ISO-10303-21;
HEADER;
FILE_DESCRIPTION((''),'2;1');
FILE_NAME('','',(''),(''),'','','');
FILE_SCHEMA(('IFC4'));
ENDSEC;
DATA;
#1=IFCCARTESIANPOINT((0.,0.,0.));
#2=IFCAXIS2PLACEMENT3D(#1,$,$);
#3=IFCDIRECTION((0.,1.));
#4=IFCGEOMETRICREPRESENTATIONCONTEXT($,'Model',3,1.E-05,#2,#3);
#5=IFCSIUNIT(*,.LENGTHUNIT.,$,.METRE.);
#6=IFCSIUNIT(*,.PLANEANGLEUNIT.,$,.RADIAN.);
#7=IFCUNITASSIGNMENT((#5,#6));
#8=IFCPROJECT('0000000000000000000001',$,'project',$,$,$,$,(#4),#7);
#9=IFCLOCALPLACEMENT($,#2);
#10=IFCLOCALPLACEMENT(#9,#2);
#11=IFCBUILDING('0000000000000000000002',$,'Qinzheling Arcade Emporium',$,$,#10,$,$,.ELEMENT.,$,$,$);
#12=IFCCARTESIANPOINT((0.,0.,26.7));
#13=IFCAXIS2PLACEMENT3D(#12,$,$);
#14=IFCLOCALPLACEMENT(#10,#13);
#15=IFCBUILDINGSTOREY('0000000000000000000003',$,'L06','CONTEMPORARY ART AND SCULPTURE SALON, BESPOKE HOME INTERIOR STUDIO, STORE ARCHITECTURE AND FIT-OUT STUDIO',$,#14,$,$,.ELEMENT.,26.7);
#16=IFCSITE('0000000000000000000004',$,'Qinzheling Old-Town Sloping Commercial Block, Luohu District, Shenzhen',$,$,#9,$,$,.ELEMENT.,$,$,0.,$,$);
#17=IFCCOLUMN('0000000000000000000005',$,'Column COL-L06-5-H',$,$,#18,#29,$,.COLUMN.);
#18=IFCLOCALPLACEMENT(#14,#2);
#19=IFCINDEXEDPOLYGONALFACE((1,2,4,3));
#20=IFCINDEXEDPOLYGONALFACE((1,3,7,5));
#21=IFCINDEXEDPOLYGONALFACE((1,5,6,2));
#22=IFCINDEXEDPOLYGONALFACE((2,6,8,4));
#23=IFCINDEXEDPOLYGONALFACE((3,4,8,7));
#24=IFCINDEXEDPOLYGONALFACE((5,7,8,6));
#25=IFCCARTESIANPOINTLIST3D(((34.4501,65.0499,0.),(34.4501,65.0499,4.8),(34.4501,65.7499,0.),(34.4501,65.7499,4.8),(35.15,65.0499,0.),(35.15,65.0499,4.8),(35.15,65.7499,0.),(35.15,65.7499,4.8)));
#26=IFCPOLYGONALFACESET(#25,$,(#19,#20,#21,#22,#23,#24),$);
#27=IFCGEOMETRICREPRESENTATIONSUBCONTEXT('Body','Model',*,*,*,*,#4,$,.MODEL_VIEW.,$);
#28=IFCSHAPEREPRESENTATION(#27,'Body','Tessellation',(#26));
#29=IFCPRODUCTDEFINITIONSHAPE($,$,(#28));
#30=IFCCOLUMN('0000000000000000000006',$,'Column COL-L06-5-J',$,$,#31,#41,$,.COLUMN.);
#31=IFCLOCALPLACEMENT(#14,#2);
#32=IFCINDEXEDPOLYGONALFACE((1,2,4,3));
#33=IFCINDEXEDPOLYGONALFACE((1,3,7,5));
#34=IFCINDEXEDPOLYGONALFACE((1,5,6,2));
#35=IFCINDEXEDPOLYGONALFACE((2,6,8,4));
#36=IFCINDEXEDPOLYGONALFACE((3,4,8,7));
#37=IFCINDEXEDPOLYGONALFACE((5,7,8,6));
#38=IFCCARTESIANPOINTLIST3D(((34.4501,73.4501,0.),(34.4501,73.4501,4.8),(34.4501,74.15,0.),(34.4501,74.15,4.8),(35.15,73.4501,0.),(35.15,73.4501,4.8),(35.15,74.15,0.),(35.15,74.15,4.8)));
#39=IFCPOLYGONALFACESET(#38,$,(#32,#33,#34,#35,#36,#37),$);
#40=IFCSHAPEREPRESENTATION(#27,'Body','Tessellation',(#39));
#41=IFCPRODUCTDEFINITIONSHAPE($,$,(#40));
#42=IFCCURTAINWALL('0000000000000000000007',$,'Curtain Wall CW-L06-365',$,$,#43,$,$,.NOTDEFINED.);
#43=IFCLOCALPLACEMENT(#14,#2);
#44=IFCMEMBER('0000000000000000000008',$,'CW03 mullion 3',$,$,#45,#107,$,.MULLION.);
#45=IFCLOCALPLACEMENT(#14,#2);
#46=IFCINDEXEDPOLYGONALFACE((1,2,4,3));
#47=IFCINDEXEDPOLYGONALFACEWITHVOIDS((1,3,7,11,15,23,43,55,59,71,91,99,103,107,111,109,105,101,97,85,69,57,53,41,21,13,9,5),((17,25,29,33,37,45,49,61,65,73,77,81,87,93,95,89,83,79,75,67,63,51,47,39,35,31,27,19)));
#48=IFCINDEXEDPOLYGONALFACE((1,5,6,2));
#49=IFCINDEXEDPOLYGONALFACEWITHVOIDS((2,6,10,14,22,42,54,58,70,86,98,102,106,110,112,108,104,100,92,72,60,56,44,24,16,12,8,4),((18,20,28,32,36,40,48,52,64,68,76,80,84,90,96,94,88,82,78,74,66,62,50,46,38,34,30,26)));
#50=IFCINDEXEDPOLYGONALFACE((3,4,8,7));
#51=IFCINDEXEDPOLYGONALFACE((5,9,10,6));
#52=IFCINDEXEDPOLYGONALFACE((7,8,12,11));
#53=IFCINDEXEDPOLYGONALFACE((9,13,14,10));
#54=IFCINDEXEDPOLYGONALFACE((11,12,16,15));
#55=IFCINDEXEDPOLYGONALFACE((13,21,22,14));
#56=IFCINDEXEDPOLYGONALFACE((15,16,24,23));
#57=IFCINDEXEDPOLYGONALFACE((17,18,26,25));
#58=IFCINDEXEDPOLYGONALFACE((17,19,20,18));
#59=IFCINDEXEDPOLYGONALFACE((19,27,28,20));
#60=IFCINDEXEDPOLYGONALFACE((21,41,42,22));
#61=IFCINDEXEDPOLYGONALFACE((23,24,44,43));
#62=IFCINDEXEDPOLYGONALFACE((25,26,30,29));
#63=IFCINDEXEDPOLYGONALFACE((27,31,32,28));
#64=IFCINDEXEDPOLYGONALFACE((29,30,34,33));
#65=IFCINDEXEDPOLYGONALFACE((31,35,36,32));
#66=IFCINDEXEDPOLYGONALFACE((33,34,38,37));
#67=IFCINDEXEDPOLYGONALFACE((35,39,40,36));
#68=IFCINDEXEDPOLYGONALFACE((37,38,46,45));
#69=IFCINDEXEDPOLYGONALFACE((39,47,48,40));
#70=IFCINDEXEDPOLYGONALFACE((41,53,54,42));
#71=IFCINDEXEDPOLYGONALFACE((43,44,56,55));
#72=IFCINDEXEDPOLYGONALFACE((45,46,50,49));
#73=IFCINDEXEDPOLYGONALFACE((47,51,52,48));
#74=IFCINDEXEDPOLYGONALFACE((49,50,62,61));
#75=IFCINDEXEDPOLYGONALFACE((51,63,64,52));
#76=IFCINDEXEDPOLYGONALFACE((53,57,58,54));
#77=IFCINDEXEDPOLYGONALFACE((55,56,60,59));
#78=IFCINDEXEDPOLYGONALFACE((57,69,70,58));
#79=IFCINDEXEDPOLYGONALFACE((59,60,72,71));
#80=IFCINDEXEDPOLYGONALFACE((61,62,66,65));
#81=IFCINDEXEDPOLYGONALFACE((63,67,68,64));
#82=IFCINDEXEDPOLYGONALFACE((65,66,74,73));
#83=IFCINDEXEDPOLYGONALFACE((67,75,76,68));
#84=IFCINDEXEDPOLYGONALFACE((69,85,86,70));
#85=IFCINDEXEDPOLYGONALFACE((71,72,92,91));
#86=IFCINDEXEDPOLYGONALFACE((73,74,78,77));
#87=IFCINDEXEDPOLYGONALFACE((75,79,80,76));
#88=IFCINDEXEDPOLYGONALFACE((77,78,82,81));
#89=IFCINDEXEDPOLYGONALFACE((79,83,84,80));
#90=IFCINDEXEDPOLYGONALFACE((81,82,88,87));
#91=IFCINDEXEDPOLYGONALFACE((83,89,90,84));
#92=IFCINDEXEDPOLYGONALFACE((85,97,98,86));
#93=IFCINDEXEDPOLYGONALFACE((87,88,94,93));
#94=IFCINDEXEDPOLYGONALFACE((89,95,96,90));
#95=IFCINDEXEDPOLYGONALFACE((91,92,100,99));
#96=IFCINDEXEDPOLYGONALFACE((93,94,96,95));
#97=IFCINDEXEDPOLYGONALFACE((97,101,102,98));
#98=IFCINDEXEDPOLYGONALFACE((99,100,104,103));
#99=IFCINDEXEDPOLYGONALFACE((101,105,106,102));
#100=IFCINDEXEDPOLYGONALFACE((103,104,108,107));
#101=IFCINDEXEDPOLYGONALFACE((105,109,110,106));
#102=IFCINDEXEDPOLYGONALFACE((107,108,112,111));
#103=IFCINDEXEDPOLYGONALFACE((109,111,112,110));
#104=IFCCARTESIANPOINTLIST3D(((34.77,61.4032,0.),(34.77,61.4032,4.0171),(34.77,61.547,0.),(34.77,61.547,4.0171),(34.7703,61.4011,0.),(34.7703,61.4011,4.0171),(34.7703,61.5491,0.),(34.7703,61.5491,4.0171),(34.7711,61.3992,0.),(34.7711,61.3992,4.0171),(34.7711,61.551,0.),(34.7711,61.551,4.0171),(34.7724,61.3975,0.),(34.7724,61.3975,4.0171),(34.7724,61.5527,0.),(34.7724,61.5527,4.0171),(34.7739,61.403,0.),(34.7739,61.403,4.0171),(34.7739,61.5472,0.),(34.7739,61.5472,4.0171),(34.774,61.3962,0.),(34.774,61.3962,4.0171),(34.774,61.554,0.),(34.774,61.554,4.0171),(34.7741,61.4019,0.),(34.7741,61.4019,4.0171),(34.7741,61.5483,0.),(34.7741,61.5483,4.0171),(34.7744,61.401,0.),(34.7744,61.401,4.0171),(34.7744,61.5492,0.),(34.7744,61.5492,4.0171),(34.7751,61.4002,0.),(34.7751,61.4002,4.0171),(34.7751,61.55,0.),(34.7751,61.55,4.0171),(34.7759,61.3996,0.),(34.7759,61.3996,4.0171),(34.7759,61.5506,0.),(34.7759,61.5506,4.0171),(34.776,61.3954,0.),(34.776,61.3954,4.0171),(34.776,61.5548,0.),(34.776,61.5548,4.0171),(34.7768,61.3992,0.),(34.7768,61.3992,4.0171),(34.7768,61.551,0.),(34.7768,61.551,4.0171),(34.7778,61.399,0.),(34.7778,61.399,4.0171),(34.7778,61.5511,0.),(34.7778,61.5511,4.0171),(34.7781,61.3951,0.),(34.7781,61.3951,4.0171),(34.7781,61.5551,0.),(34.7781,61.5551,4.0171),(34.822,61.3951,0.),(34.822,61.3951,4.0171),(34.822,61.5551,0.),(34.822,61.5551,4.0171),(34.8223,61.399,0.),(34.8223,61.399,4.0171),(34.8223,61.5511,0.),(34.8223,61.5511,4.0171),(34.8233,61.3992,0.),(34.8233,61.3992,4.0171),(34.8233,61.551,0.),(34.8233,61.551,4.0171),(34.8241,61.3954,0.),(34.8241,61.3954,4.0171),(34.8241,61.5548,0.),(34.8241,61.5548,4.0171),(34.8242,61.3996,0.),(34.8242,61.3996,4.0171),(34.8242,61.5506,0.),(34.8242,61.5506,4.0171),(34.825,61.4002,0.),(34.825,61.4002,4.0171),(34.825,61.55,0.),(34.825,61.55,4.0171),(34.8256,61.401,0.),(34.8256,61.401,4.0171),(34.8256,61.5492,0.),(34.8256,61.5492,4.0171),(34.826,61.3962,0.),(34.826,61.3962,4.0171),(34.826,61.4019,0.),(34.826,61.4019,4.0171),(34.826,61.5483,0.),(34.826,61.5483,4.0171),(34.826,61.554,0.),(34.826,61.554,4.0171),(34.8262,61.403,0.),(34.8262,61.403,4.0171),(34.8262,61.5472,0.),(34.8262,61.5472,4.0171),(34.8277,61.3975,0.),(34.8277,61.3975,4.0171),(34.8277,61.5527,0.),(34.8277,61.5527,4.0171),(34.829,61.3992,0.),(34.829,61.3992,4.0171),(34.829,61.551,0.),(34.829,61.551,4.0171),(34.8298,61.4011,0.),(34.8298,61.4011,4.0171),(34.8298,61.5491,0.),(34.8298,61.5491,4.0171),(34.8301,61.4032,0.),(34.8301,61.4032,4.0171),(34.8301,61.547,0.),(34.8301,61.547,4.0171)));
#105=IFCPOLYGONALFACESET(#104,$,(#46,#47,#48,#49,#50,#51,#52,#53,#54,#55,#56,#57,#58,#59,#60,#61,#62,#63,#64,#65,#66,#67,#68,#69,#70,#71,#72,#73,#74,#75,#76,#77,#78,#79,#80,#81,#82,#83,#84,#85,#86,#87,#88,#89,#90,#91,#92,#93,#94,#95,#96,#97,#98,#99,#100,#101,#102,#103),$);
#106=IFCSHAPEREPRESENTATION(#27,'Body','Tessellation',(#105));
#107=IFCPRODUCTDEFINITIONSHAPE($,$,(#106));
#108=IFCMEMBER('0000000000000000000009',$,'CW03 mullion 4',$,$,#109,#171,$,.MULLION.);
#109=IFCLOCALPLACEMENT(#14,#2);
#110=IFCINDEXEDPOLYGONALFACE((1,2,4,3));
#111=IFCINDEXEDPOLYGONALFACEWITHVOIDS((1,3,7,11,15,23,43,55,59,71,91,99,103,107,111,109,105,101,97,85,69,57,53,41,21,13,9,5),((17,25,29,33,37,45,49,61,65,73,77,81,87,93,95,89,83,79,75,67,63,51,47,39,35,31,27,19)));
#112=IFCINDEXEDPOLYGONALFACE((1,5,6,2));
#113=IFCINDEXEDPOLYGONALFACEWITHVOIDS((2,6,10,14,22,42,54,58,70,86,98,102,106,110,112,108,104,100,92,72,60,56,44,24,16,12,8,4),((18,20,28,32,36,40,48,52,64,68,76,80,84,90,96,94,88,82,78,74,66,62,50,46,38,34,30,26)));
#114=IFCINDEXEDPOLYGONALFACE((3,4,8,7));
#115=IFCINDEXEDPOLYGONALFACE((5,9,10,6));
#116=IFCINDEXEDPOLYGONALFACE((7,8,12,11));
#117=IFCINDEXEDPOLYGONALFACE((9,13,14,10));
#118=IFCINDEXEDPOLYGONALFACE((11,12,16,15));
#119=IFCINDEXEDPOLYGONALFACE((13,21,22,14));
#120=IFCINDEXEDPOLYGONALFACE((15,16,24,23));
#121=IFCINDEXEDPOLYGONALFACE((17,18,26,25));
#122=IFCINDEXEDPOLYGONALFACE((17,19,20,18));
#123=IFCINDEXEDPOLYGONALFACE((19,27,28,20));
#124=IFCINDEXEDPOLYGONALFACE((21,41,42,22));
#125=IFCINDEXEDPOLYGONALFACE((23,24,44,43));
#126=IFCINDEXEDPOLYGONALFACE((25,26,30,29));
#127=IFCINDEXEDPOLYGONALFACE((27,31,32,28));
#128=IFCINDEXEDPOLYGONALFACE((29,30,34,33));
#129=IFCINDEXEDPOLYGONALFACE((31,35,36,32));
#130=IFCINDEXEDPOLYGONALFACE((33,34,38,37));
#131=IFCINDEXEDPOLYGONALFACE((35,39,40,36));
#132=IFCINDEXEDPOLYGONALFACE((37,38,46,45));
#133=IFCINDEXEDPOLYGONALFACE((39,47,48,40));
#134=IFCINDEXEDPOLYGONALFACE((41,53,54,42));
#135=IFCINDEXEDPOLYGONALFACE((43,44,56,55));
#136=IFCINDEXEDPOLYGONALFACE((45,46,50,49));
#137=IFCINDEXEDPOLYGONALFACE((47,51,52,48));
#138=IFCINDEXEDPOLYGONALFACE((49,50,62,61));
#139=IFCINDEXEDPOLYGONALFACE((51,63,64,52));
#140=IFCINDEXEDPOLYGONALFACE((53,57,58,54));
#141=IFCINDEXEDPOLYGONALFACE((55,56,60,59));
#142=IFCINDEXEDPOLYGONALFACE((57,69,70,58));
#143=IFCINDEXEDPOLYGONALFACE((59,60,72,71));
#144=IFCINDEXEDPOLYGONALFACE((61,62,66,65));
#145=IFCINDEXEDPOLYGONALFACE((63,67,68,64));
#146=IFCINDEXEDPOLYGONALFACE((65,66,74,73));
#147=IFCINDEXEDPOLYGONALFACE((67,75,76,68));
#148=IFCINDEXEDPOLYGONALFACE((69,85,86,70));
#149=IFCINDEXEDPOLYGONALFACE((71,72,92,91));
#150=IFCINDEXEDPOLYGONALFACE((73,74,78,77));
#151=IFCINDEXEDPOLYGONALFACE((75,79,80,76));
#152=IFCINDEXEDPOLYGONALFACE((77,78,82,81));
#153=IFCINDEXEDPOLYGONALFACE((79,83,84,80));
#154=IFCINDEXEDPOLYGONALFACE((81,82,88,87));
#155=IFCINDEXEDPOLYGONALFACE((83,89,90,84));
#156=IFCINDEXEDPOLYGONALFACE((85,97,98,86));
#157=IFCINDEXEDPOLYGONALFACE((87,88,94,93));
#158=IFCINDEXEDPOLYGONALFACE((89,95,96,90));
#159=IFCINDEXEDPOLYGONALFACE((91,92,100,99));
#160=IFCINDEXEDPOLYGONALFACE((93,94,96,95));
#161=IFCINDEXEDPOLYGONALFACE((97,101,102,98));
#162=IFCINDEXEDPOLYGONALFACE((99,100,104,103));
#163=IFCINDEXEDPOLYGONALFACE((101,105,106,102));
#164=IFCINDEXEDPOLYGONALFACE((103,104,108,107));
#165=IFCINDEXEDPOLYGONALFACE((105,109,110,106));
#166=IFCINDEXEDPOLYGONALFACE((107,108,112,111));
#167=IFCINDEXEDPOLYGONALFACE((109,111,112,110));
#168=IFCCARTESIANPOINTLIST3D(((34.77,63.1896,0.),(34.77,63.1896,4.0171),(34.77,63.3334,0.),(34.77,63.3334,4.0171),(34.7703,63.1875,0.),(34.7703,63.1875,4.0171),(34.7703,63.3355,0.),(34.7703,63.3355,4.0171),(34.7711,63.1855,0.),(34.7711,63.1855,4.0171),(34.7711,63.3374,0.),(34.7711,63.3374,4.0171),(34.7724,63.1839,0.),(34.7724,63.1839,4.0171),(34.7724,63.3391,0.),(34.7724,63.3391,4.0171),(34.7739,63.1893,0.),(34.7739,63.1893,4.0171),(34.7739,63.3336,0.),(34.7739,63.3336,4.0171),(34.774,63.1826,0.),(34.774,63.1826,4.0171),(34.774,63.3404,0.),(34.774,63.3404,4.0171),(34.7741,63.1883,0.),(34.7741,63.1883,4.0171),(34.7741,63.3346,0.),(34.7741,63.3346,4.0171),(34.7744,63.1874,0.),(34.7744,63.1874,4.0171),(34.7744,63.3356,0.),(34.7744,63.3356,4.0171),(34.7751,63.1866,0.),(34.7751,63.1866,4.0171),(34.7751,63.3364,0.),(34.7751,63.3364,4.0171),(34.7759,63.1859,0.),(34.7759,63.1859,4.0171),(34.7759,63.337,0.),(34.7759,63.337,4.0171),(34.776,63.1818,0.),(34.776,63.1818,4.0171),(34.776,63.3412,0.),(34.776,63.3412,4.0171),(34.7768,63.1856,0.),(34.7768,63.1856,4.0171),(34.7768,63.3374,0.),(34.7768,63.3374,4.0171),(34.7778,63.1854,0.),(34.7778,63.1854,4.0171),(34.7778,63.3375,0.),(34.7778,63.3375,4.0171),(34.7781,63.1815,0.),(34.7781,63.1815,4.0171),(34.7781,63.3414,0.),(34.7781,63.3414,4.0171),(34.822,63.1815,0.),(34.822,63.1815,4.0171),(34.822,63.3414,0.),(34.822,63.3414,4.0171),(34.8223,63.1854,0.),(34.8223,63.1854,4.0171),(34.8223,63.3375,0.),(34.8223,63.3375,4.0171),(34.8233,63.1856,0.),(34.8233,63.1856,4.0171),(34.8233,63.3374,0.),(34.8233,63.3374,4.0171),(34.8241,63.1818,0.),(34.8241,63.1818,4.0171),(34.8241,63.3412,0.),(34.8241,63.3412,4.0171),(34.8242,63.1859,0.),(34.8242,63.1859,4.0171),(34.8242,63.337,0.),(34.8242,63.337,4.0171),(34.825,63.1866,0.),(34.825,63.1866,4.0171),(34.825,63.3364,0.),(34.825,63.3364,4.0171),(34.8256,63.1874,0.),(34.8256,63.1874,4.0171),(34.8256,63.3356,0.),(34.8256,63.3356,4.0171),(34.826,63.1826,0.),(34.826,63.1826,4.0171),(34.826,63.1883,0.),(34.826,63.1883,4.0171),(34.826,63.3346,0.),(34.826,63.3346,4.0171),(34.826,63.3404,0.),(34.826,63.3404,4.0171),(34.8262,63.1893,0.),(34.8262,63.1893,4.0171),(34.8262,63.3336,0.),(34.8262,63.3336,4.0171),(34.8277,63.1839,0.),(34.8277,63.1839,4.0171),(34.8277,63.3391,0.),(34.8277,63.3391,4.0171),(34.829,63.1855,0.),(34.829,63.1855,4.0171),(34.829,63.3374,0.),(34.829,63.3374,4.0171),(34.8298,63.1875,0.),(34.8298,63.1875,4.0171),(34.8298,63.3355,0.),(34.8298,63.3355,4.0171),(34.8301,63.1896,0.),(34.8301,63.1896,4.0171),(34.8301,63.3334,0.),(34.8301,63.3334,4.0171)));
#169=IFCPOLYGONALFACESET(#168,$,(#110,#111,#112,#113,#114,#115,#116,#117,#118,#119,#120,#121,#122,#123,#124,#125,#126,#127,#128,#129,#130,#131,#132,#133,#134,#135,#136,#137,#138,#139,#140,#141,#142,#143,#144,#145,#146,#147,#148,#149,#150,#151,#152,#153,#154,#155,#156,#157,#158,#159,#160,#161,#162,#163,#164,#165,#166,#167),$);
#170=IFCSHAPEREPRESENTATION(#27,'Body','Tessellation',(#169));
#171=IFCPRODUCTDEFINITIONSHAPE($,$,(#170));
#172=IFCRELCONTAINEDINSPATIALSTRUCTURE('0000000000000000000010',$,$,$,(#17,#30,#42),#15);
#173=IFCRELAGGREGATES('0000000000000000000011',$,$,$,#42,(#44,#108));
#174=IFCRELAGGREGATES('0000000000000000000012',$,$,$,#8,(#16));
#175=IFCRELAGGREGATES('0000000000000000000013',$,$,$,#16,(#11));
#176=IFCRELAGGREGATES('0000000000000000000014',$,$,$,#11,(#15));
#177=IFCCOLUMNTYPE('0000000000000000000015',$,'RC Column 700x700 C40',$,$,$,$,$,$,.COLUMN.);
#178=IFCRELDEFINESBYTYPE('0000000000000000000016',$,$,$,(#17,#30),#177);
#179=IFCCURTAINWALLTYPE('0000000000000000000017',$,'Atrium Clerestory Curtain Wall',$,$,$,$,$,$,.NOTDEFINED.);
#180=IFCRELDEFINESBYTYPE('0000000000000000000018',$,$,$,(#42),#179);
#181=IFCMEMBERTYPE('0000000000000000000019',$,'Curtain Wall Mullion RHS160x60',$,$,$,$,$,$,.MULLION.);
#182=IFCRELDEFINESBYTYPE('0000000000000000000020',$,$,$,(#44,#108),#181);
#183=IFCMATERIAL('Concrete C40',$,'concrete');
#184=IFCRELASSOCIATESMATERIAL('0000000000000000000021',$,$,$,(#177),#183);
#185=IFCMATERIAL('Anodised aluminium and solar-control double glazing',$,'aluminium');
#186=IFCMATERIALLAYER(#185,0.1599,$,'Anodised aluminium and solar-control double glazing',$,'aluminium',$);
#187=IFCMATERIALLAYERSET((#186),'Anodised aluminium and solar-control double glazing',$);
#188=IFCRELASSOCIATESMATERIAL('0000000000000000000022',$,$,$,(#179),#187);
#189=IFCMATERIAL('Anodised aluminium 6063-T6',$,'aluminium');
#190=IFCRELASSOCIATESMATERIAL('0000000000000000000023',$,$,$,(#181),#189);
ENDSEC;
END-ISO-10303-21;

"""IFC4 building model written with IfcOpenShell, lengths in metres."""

from ifc_helpers import new_model, si_unit, direction, frame, origin, origin_2d, place, context, subcontext, project, spatial, rectangle, hollow_rectangle, extrude, material, layer, layer_set, material_profile, profile_set, type_object, element, aggregate, save


model = new_model("IFC4")

# Units and contexts
model_context = context("Model", 3, precision=1e-05, world=origin(), true_north=direction((0.0, 1.0)))
body_context = subcontext(model_context, "Body", "Model", "MODEL_VIEW")
ifc_project = project(units=[si_unit("LENGTHUNIT", "METRE"), si_unit("PLANEANGLEUNIT", "RADIAN")], contexts=[model_context])

# Site, building, storey
site_placement = place(None, origin())
site = spatial("IfcSite", under=ifc_project, at=site_placement, Name="Qinzheling Old-Town Sloping Commercial Block, Luohu District, Shenzhen", CompositionType="ELEMENT", RefElevation=0.0)
building_placement = place(site_placement, origin())
building = spatial("IfcBuilding", under=site, at=building_placement, Name="Qinzheling Arcade Emporium", CompositionType="ELEMENT")
storey_placement = place(building_placement, frame((0.0, 0.0, 26.7)))
storey = spatial("IfcBuildingStorey", under=building, at=storey_placement, Name="L06", Description="CONTEMPORARY ART AND SCULPTURE SALON, BESPOKE HOME INTERIOR STUDIO, STORE ARCHITECTURE AND FIT-OUT STUDIO", CompositionType="ELEMENT", Elevation=26.7)

# Columns
ifc_material_1 = material(Name="Concrete C40", Category="concrete")
ifc_material_profile_1 = material_profile(ifc_material_1, rectangle(XDim=0.7, YDim=0.7, at=origin_2d()), Name="RC 700x700", Category="concrete")
ifc_profile_set_1 = profile_set([ifc_material_profile_1], Name="Concrete C40")
column_type = type_object("IfcColumnType", Name="RC Column 700x700 C40", PredefinedType="COLUMN", material=ifc_profile_set_1)
for number, where, z_axis, x_axis, name in (
    (1, (34.8, 65.3999, 0.0), (0.0, 0.0, 1.0), (1.0, 0.0, 0.0), "Column COL-L06-5-H"),
    (2, (34.8, 73.8, 0.0), (0.0, 0.0, 1.0), (1.0, 0.0, 0.0), "Column COL-L06-5-J"),
):
    element("IfcColumn", number, at=place(storey_placement, frame(where, z_axis=z_axis, x_axis=x_axis)), inside=storey, type_object=column_type, Name=name, PredefinedType="COLUMN", context=body_context, shape_type="SweptSolid", body=[
        extrude(rectangle(XDim=0.7, YDim=0.7, at=origin_2d()), origin(), (0.0, 0.0, 1.0), 4.8),
    ])

# Curtain wall, members
ifc_material_2 = material(Name="Anodised aluminium and solar-control double glazing", Category="aluminium")
ifc_layer_1 = layer(ifc_material_2, 0.1599, Name="Anodised aluminium and solar-control double glazing", Category="aluminium")
ifc_layer_set_1 = layer_set([ifc_layer_1], Name="Anodised aluminium and solar-control double glazing")
curtain_wall_type = type_object("IfcCurtainWallType", Name="Atrium Clerestory Curtain Wall", PredefinedType="NOTDEFINED", material=ifc_layer_set_1)
curtain_wall_placement = place(storey_placement, origin())
curtain_wall = element("IfcCurtainWall", 3, at=curtain_wall_placement, inside=storey, type_object=curtain_wall_type, Name="Curtain Wall CW-L06-365", PredefinedType="NOTDEFINED")
ifc_material_3 = material(Name="Anodised aluminium 6063-T6", Category="aluminium")
ifc_material_profile_2 = material_profile(ifc_material_3, hollow_rectangle(XDim=0.0601, YDim=0.1599, WallThickness=0.0039, InnerFilletRadius=0.0039, OuterFilletRadius=0.0081, at=origin_2d()), Name="RHS 160x60x4", Category="aluminium")
ifc_profile_set_2 = profile_set([ifc_material_profile_2], Name="Anodised aluminium 6063-T6")
member_type_1 = type_object("IfcMemberType", Name="Curtain Wall Mullion RHS160x60", PredefinedType="MULLION", material=ifc_profile_set_2)
member_1_placement = place(storey_placement, frame((34.8, 61.4751, 0.0), z_axis=(0.0, 0.0, 1.0), x_axis=(-1.0, 0.0, 0.0)))
member_1 = element("IfcMember", 4, at=member_1_placement, type_object=member_type_1, Name="CW03 mullion 3", PredefinedType="MULLION", context=body_context, shape_type="SweptSolid", body=[
    extrude(hollow_rectangle(XDim=0.0601, YDim=0.1599, WallThickness=0.0039, InnerFilletRadius=0.0039, OuterFilletRadius=0.0081, at=origin_2d()), origin(), (0.0, 0.0, 1.0), 4.0171),
])
member_2_placement = place(storey_placement, frame((34.8, 63.2615, 0.0), z_axis=(0.0, 0.0, 1.0), x_axis=(-1.0, 0.0, 0.0)))
member_2 = element("IfcMember", 5, at=member_2_placement, type_object=member_type_1, Name="CW03 mullion 4", PredefinedType="MULLION", context=body_context, shape_type="SweptSolid", body=[
    extrude(hollow_rectangle(XDim=0.0601, YDim=0.1599, WallThickness=0.0039, InnerFilletRadius=0.0039, OuterFilletRadius=0.0081, at=origin_2d()), origin(), (0.0, 0.0, 1.0), 4.0171),
])

aggregate(curtain_wall, [member_1, member_2])

save(model, "model.ifc")
